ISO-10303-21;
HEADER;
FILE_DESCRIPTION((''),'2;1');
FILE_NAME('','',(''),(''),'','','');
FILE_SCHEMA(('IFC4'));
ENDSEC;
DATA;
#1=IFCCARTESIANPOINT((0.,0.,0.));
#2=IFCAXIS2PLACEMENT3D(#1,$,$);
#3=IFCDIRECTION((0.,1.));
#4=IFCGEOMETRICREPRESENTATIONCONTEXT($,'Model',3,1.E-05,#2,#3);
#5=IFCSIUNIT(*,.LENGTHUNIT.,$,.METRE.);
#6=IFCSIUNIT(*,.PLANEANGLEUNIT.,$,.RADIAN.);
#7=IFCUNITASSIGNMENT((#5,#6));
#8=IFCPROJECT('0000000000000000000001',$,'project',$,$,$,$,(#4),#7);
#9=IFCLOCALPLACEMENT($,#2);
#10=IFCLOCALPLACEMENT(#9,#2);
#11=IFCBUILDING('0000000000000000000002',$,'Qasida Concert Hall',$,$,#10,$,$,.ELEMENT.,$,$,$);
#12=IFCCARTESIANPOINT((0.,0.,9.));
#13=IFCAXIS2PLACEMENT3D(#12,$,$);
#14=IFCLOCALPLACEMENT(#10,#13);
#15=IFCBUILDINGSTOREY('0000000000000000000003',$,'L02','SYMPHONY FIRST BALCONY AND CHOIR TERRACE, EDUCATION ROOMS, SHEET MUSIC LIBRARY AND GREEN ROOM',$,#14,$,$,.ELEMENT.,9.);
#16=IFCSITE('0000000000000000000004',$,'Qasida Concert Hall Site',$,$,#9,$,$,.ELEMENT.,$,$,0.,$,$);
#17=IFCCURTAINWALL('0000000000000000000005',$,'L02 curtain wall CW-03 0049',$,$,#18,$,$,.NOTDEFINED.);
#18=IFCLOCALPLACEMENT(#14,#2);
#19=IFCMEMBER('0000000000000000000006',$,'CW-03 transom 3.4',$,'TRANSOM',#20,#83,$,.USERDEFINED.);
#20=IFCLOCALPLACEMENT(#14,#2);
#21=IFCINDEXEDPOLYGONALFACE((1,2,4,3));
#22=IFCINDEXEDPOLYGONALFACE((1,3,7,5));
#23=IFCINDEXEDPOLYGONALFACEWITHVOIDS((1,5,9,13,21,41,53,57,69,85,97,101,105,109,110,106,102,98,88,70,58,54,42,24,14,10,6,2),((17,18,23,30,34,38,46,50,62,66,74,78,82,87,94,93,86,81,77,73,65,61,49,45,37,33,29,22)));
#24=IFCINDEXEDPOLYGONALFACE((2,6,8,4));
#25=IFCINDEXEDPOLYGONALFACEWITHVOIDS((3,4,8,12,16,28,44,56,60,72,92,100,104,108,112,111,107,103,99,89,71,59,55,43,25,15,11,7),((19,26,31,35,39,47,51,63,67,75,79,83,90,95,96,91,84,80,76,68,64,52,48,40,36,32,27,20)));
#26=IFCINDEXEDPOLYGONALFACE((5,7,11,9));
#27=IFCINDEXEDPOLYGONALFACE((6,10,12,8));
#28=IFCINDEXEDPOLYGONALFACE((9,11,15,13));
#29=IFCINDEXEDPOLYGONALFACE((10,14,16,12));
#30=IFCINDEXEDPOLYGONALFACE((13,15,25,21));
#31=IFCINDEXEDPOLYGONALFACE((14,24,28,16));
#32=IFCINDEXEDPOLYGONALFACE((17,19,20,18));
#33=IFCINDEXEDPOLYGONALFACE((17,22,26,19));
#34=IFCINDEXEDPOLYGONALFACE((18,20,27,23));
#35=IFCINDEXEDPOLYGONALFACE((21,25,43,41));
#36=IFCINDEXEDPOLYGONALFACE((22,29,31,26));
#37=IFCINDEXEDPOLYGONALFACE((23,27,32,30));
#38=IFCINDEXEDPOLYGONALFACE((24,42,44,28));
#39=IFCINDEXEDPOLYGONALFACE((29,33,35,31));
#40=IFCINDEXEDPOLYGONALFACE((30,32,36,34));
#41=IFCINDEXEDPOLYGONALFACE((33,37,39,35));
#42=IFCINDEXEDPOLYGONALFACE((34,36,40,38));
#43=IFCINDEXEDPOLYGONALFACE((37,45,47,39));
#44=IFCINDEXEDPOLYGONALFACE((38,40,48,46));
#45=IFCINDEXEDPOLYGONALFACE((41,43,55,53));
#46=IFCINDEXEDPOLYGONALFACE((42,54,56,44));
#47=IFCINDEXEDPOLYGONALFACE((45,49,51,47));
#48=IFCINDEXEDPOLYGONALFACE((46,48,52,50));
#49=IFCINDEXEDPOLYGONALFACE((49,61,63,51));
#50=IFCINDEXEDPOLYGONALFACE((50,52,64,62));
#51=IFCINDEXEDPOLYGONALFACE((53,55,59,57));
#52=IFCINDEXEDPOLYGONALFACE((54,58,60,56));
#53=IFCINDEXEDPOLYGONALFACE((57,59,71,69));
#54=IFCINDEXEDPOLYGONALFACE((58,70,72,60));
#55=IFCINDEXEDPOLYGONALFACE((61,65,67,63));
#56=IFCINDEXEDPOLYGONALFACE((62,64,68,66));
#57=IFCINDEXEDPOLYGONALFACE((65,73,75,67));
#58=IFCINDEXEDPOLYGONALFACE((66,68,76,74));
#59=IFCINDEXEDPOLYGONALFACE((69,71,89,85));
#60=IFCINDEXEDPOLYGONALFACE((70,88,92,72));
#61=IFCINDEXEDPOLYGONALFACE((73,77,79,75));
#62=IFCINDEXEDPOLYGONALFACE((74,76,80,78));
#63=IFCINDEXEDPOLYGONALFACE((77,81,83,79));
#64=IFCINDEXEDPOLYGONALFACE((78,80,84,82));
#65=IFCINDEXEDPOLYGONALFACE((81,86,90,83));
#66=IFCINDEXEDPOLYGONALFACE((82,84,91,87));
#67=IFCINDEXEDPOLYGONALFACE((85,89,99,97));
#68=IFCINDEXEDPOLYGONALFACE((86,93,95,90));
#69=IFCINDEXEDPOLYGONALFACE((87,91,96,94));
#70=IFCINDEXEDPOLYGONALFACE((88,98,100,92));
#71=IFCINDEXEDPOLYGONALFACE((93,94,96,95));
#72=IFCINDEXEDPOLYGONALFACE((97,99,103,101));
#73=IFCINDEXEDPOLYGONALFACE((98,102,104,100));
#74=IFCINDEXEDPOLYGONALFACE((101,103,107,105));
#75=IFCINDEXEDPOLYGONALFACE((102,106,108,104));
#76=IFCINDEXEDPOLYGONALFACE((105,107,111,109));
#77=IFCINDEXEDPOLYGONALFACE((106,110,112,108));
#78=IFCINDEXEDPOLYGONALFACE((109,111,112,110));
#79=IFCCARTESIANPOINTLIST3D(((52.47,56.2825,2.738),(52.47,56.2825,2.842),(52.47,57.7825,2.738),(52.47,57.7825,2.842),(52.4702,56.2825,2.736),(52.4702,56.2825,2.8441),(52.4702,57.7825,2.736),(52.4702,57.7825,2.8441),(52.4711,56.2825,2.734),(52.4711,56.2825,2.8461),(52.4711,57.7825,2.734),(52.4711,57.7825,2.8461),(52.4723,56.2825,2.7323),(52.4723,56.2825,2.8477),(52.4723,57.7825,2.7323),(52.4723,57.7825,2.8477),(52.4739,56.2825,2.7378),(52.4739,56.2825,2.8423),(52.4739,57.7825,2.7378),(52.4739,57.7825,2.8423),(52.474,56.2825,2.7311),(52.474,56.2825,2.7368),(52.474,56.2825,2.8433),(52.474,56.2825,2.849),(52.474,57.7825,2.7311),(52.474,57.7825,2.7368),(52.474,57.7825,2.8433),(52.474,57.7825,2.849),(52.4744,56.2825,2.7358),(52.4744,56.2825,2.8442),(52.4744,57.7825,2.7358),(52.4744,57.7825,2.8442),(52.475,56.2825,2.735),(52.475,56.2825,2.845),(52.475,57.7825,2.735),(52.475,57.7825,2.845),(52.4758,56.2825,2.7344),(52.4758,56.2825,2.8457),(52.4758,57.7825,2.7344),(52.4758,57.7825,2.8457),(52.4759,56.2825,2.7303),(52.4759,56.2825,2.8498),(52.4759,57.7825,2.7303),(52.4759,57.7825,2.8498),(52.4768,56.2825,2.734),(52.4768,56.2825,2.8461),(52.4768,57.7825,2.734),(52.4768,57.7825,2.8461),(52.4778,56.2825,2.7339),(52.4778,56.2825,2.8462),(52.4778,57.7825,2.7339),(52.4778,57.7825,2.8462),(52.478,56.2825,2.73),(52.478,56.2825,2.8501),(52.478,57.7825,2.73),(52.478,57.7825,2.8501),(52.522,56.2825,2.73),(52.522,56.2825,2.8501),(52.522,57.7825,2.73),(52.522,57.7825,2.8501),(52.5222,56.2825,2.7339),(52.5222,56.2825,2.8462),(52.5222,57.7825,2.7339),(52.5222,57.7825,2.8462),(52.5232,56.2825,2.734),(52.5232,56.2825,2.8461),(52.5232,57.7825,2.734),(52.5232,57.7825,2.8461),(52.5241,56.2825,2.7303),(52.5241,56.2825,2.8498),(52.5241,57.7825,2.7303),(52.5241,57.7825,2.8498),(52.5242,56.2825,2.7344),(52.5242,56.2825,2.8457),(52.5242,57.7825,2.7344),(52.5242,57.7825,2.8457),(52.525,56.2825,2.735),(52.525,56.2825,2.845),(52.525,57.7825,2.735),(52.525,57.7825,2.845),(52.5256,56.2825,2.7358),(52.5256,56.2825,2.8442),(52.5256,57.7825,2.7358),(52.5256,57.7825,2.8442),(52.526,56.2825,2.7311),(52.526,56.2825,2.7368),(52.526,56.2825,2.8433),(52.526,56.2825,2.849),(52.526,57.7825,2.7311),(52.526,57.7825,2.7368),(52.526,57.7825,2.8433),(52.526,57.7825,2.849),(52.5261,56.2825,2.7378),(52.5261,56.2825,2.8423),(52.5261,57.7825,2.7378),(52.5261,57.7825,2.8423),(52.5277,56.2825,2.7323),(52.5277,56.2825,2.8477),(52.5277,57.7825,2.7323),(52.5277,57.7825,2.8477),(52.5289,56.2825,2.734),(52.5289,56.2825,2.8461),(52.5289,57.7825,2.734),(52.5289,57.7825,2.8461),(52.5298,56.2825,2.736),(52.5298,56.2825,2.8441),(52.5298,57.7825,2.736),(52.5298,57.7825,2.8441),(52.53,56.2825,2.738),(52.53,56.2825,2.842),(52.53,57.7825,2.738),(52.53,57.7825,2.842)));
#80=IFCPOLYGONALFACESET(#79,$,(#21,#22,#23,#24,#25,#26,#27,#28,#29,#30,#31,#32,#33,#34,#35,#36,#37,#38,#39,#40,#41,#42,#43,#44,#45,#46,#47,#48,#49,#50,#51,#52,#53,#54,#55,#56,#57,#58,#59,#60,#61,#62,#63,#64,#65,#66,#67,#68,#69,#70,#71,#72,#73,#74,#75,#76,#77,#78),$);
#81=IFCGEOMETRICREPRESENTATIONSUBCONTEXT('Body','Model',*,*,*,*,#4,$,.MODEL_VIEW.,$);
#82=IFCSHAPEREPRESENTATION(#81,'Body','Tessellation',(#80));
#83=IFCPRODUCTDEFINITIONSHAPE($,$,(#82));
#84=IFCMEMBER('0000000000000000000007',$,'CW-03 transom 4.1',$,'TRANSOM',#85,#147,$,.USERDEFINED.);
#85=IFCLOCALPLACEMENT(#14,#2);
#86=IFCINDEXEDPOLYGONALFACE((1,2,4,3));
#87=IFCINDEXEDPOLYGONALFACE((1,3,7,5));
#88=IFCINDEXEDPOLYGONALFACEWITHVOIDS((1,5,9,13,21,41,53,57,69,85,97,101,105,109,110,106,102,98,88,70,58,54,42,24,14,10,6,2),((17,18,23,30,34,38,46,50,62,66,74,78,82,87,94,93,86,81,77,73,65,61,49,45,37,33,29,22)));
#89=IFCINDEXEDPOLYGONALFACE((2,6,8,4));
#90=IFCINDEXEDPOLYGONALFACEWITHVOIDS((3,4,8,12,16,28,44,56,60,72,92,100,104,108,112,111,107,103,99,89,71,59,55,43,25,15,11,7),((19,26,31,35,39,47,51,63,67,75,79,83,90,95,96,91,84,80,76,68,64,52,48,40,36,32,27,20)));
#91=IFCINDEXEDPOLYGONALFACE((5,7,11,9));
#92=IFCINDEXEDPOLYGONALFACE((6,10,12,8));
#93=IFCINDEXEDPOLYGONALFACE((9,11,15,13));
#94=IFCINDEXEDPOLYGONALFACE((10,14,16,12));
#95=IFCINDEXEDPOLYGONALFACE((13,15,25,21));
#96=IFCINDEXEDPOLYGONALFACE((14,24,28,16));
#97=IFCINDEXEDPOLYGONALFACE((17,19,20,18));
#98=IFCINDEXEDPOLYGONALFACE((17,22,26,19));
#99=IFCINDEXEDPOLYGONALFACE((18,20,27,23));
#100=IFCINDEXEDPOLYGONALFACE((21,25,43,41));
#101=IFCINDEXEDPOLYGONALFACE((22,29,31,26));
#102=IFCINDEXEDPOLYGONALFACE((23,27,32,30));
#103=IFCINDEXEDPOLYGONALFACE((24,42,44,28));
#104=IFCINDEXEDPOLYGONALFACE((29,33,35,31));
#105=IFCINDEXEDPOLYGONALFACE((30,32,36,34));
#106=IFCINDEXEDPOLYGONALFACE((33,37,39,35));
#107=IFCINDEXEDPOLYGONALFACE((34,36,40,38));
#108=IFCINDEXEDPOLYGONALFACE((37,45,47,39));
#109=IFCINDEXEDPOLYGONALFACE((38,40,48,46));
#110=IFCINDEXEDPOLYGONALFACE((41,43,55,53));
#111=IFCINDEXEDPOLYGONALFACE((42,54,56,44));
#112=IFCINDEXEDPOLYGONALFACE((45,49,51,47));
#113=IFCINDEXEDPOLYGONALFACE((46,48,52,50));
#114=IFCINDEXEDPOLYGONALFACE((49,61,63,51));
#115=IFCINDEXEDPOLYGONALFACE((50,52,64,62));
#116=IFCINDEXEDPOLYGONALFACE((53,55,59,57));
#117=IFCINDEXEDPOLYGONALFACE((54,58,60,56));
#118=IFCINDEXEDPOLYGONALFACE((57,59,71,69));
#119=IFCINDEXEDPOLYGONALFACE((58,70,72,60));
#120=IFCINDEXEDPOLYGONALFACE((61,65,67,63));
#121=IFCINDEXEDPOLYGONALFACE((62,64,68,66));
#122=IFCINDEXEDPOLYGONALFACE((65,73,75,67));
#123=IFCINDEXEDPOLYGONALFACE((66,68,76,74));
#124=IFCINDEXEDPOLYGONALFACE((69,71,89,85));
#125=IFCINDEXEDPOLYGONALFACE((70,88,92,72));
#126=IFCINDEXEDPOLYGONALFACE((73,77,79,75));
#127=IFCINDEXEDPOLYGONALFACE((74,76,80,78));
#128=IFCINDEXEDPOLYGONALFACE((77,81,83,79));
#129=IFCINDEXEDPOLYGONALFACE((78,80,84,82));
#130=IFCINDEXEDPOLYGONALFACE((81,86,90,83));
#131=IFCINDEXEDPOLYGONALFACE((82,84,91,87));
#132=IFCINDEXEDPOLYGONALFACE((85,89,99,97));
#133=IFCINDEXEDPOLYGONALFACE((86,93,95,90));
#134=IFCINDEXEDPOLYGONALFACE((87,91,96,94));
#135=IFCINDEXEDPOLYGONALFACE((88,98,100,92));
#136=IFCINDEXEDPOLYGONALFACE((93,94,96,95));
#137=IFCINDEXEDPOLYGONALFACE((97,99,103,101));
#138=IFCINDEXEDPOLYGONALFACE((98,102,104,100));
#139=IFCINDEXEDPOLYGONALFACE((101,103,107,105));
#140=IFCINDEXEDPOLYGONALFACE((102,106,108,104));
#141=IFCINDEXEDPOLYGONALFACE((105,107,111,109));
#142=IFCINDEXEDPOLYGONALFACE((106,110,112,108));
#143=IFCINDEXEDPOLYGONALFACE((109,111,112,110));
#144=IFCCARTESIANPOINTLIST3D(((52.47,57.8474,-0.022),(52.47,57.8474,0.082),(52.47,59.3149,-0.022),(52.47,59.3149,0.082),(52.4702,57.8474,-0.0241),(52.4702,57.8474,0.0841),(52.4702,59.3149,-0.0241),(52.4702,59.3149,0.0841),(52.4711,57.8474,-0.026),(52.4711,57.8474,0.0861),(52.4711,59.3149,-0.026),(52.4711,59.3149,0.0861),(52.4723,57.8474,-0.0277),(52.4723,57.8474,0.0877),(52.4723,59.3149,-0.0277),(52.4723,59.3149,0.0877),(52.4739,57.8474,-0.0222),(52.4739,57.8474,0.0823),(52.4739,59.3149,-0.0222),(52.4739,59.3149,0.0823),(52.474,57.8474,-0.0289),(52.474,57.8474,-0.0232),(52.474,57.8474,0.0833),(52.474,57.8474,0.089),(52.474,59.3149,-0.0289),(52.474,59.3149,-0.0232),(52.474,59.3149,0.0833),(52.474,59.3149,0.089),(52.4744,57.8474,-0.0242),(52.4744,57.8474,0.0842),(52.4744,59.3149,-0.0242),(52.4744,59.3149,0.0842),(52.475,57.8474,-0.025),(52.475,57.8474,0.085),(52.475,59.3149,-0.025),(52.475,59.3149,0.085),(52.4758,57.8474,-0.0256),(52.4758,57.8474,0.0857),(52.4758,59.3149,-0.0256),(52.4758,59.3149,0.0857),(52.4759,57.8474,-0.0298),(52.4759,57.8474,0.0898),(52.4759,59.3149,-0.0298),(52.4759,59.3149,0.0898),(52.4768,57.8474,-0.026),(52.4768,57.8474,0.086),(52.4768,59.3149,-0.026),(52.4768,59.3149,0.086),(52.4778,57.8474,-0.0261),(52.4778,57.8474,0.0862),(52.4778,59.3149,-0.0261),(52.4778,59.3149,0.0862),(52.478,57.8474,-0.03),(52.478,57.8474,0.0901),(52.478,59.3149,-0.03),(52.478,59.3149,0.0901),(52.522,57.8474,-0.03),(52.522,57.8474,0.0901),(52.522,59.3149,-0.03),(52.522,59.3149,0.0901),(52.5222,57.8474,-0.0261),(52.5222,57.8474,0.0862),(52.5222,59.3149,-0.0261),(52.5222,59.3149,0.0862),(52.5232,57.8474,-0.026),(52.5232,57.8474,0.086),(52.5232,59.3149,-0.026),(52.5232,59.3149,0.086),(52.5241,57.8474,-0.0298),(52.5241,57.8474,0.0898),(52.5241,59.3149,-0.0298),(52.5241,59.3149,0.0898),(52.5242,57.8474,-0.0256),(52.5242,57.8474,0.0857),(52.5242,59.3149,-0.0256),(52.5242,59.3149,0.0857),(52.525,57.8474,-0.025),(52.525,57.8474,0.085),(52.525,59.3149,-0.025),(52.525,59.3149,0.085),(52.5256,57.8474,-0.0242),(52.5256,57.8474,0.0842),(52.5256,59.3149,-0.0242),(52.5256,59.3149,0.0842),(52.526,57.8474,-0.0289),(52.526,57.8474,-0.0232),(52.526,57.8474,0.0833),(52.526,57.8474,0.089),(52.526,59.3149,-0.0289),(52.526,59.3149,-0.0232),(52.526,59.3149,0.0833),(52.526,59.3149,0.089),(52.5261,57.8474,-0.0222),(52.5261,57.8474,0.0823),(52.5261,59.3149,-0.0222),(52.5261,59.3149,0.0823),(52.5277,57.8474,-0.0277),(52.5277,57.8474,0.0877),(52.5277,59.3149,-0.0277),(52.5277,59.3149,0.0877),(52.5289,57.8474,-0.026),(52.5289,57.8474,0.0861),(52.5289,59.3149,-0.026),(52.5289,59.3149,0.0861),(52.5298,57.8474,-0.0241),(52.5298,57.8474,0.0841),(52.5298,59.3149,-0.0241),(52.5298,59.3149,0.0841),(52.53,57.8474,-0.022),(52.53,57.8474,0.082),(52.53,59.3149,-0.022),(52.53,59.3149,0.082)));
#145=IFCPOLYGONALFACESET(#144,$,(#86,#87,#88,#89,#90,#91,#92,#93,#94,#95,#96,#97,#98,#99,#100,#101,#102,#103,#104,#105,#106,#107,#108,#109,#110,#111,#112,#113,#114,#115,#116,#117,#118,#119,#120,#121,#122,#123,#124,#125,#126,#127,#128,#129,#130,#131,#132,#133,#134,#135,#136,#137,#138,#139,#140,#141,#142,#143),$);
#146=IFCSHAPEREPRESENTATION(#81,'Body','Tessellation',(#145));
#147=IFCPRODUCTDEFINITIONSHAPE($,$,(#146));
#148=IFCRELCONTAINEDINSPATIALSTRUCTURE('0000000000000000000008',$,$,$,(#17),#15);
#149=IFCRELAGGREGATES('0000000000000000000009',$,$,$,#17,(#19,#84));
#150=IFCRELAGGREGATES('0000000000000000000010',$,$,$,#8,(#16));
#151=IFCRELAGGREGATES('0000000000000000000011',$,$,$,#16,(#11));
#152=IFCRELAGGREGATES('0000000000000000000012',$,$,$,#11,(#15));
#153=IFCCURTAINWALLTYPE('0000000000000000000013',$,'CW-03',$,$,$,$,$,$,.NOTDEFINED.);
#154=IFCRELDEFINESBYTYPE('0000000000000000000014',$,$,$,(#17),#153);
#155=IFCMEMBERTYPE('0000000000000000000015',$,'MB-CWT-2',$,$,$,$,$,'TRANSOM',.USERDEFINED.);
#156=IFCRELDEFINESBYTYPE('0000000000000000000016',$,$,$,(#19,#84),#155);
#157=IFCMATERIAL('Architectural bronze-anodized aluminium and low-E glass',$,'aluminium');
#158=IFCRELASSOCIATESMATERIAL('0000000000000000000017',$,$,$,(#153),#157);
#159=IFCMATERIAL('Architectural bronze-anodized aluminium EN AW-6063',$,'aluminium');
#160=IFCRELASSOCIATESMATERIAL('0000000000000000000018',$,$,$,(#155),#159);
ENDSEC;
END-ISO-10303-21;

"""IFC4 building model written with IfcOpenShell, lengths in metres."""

from ifc_helpers import new_model, si_unit, direction, frame, origin, origin_2d, place, context, subcontext, project, spatial, hollow_rectangle, extrude, material, material_profile, profile_set, type_object, element, aggregate, save


model = new_model("IFC4")

# Units and contexts
model_context = context("Model", 3, precision=1e-05, world=origin(), true_north=direction((0.0, 1.0)))
body_context = subcontext(model_context, "Body", "Model", "MODEL_VIEW")
ifc_project = project(units=[si_unit("LENGTHUNIT", "METRE"), si_unit("PLANEANGLEUNIT", "RADIAN")], contexts=[model_context])

# Site, building, storey
site_placement = place(None, origin())
site = spatial("IfcSite", under=ifc_project, at=site_placement, Name="Qasida Concert Hall Site", CompositionType="ELEMENT", RefElevation=0.0)
building_placement = place(site_placement, origin())
building = spatial("IfcBuilding", under=site, at=building_placement, Name="Qasida Concert Hall", CompositionType="ELEMENT")
storey_placement = place(building_placement, frame((0.0, 0.0, 9.0)))
storey = spatial("IfcBuildingStorey", under=building, at=storey_placement, Name="L02", Description="SYMPHONY FIRST BALCONY AND CHOIR TERRACE, EDUCATION ROOMS, SHEET MUSIC LIBRARY AND GREEN ROOM", CompositionType="ELEMENT", Elevation=9.0)

# Curtain wall, members
ifc_material_1 = material(Name="Architectural bronze-anodized aluminium and low-E glass", Category="aluminium")
curtain_wall_type = type_object("IfcCurtainWallType", Name="CW-03", PredefinedType="NOTDEFINED", material=ifc_material_1)
curtain_wall_placement = place(storey_placement, origin())
curtain_wall = element("IfcCurtainWall", 1, at=curtain_wall_placement, inside=storey, type_object=curtain_wall_type, Name="L02 curtain wall CW-03 0049", PredefinedType="NOTDEFINED")
ifc_material_2 = material(Name="Architectural bronze-anodized aluminium EN AW-6063", Category="aluminium")
ifc_material_profile = material_profile(ifc_material_2, hollow_rectangle(XDim=0.0601, YDim=0.1201, WallThickness=0.0039, InnerFilletRadius=0.0039, OuterFilletRadius=0.0081, at=origin_2d()), Name="CWT 120x60x4")
ifc_profile_set = profile_set([ifc_material_profile], Name="Architectural bronze-anodized aluminium EN AW-6063")
member_type = type_object("IfcMemberType", Name="MB-CWT-2", ElementType="TRANSOM", PredefinedType="USERDEFINED", material=ifc_profile_set)
member_1_placement = place(storey_placement, frame((52.5, 56.2825, 2.79), z_axis=(0.0, 1.0, 0.0), x_axis=(-1.0, 0.0, 0.0)))
member_1 = element("IfcMember", 2, at=member_1_placement, type_object=member_type, Name="CW-03 transom 3.4", ObjectType="TRANSOM", PredefinedType="USERDEFINED", context=body_context, shape_type="SweptSolid", body=[
    extrude(hollow_rectangle(XDim=0.0601, YDim=0.1201, WallThickness=0.0039, InnerFilletRadius=0.0039, OuterFilletRadius=0.0081, at=origin_2d()), origin(), (0.0, 0.0, 1.0), 1.5),
])
member_2_placement = place(storey_placement, frame((52.5, 57.8474, 0.03), z_axis=(0.0, 1.0, 0.0), x_axis=(-1.0, 0.0, 0.0)))
member_2 = element("IfcMember", 3, at=member_2_placement, type_object=member_type, Name="CW-03 transom 4.1", ObjectType="TRANSOM", PredefinedType="USERDEFINED", context=body_context, shape_type="SweptSolid", body=[
    extrude(hollow_rectangle(XDim=0.0601, YDim=0.1201, WallThickness=0.0039, InnerFilletRadius=0.0039, OuterFilletRadius=0.0081, at=origin_2d()), origin(), (0.0, 0.0, 1.0), 1.4675),
])
aggregate(curtain_wall, [member_1, member_2])

save(model, "model.ifc")
